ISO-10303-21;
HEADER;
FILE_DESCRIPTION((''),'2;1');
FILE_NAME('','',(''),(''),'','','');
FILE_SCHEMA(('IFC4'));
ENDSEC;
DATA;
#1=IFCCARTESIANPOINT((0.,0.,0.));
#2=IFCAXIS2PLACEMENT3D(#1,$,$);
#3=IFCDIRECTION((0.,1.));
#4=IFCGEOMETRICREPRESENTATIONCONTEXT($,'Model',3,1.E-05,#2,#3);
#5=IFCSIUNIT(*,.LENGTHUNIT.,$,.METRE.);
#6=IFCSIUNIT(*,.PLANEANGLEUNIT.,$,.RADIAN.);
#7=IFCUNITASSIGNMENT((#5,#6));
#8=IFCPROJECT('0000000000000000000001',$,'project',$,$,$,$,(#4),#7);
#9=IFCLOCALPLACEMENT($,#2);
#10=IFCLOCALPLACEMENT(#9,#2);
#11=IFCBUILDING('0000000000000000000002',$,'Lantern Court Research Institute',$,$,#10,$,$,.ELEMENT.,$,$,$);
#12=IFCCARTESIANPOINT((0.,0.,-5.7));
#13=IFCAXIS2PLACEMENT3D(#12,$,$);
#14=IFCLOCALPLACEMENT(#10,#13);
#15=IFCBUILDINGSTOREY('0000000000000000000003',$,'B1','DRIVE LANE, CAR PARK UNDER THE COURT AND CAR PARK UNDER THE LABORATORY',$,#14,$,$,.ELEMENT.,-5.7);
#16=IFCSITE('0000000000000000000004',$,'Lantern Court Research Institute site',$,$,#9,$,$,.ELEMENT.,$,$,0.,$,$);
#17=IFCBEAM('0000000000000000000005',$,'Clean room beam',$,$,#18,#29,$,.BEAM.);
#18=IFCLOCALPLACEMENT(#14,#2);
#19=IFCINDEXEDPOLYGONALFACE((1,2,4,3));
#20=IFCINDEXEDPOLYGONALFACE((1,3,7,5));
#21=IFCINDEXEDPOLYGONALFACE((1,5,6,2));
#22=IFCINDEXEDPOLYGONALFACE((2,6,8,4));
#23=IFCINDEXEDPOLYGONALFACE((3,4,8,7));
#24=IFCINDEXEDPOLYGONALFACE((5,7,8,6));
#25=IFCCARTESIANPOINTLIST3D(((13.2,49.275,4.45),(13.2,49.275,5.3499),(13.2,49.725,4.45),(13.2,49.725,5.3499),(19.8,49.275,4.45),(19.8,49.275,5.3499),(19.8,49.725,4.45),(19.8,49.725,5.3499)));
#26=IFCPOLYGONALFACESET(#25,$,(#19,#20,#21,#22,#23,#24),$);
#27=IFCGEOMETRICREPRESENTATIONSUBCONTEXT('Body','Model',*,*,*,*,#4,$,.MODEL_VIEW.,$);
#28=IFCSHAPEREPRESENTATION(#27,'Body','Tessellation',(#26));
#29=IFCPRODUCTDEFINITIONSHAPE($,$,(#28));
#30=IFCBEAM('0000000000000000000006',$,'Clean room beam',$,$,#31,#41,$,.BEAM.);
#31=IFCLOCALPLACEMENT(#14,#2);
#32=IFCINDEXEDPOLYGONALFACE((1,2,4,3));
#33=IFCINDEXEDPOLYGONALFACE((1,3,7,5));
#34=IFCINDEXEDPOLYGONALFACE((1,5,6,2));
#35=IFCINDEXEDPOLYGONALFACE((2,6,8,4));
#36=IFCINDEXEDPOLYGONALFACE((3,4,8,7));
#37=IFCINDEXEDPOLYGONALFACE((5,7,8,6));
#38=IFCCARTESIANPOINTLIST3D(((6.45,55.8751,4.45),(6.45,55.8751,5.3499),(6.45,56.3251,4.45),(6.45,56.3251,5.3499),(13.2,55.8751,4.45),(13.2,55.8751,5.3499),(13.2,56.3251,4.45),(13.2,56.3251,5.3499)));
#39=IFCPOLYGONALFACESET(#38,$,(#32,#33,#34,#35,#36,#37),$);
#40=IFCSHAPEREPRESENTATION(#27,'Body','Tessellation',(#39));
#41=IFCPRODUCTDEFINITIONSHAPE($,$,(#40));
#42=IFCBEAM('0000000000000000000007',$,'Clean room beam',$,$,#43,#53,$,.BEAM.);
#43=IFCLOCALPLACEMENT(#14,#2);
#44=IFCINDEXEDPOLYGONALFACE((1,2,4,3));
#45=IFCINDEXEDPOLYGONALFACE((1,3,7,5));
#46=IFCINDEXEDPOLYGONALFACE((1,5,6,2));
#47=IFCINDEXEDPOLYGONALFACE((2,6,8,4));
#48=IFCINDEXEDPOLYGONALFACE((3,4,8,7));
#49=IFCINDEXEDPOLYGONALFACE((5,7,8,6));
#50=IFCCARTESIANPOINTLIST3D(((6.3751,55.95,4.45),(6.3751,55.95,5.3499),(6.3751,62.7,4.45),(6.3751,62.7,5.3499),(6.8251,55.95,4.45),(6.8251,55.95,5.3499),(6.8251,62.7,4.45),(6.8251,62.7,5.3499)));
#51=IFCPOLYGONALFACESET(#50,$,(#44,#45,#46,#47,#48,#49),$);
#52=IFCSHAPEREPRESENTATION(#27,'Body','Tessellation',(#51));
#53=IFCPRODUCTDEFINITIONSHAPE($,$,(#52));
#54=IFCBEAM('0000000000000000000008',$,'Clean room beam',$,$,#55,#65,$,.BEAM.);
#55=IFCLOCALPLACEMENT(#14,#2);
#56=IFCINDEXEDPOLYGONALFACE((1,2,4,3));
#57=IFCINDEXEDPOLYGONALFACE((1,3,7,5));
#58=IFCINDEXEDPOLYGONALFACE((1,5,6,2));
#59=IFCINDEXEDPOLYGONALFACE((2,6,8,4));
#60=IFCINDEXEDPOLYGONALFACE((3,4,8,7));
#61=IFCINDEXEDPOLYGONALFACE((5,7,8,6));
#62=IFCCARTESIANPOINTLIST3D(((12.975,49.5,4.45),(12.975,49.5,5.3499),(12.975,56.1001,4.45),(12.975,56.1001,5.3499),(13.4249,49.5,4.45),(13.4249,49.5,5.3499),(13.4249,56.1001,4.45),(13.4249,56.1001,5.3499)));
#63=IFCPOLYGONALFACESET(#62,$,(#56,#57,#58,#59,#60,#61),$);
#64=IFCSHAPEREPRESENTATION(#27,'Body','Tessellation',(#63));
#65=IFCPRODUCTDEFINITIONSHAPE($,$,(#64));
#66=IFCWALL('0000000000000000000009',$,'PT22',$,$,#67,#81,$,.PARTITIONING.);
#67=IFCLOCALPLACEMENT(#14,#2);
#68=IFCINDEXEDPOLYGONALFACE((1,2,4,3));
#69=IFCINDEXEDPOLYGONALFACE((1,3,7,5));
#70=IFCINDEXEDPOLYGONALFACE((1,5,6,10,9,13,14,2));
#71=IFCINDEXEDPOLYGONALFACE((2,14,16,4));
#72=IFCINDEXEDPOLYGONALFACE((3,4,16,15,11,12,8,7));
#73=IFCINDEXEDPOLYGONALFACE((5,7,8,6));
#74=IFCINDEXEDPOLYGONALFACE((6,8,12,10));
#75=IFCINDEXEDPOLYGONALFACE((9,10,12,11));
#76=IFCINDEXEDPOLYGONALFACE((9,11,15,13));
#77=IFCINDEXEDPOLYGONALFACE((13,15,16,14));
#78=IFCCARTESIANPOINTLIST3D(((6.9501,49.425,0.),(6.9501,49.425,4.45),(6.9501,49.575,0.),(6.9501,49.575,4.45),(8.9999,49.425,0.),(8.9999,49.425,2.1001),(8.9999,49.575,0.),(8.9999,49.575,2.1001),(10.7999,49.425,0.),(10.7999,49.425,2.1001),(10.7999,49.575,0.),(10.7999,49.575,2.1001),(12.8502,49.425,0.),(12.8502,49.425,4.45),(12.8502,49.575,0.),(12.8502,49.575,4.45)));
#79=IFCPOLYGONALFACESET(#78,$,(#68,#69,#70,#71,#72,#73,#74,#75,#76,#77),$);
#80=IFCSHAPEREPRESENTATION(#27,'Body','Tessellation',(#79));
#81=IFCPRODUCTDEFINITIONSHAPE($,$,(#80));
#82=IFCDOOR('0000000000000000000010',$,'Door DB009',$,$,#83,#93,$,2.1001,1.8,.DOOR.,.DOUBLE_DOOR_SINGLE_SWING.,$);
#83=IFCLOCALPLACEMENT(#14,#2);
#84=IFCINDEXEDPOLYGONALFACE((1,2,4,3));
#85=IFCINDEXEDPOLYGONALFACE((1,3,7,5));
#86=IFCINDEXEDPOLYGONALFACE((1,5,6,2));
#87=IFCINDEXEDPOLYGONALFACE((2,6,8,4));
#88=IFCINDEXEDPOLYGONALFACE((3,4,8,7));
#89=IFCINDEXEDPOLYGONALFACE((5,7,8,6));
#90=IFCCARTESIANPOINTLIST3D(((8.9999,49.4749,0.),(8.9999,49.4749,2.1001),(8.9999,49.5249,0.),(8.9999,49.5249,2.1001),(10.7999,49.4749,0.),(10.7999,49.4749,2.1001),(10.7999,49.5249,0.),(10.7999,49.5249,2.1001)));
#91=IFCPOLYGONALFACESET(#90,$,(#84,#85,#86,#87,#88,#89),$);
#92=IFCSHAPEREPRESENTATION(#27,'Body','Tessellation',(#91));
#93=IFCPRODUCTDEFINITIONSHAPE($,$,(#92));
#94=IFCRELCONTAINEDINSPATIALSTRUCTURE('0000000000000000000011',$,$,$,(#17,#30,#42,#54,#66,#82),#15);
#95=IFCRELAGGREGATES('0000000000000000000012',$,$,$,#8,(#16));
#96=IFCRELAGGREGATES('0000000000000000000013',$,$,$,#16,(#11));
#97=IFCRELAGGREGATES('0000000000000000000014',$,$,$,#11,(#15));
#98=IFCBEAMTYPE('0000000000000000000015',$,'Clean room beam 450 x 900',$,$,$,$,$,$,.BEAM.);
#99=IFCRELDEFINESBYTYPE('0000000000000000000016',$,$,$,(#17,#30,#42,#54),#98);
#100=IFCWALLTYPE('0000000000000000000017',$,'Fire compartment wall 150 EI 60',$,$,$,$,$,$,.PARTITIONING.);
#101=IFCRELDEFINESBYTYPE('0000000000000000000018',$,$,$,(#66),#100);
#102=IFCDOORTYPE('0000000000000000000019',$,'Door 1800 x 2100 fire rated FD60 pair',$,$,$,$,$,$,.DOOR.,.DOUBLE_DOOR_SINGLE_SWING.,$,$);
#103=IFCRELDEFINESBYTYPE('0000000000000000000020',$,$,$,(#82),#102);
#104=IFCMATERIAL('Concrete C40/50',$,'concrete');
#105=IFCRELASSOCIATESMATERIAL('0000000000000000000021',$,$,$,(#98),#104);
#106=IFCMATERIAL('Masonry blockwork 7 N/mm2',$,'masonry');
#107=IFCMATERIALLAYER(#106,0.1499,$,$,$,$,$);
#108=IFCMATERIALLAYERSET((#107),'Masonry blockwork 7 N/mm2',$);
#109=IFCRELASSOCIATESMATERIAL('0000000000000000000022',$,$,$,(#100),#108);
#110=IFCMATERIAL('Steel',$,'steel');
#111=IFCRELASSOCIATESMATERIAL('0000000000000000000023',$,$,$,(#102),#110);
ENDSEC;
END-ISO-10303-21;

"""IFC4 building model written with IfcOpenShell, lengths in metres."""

from ifc_helpers import new_model, si_unit, direction, frame, frame_2d, origin, origin_2d, place, context, subcontext, project, spatial, rectangle, extrude, material, layer, layer_set, material_profile, profile_set, type_object, element, fill, save


model = new_model("IFC4")

# Units and contexts
model_context = context("Model", 3, precision=1e-05, world=origin(), true_north=direction((0.0, 1.0)))
body_context = subcontext(model_context, "Body", "Model", "MODEL_VIEW")
ifc_project = project(units=[si_unit("LENGTHUNIT", "METRE"), si_unit("PLANEANGLEUNIT", "RADIAN")], contexts=[model_context])

# Site, building, storey
site_placement = place(None, origin())
site = spatial("IfcSite", under=ifc_project, at=site_placement, Name="Lantern Court Research Institute site", CompositionType="ELEMENT", RefElevation=0.0)
building_placement = place(site_placement, origin())
building = spatial("IfcBuilding", under=site, at=building_placement, Name="Lantern Court Research Institute", CompositionType="ELEMENT")
storey_placement = place(building_placement, frame((0.0, 0.0, -5.7)))
storey = spatial("IfcBuildingStorey", under=building, at=storey_placement, Name="B1", Description="DRIVE LANE, CAR PARK UNDER THE COURT AND CAR PARK UNDER THE LABORATORY", CompositionType="ELEMENT", Elevation=-5.7)

# Beams
ifc_material_1 = material(Name="Concrete C40/50", Category="concrete")
ifc_material_profile_1 = material_profile(ifc_material_1, rectangle(XDim=0.45, YDim=0.8999, at=origin_2d()), Name="Clean room beam 450 x 900")
ifc_profile_set_1 = profile_set([ifc_material_profile_1], Name="Concrete C40/50")
beam_type = type_object("IfcBeamType", Name="Clean room beam 450 x 900", PredefinedType="BEAM", material=ifc_profile_set_1)
beam_1_placement = place(storey_placement, frame((13.2, 49.5, 4.8999), z_axis=(1.0, 0.0, 0.0), x_axis=(0.0, 1.0, 0.0)))
element("IfcBeam", 1, at=beam_1_placement, inside=storey, type_object=beam_type, Name="Clean room beam", PredefinedType="BEAM", context=body_context, shape_type="SweptSolid", body=[
    extrude(rectangle(XDim=0.45, YDim=0.8999, at=origin_2d()), origin(), (0.0, 0.0, 1.0), 6.6001),
])
for number, where, z_axis, x_axis, name in (
    (2, (6.45, 56.1001, 4.8999), (1.0, 0.0, 0.0), (0.0, 1.0, 0.0), "Clean room beam"),
    (3, (6.6001, 55.95, 4.8999), (0.0, 1.0, 0.0), (-1.0, 0.0, 0.0), "Clean room beam"),
):
    element("IfcBeam", number, at=place(storey_placement, frame(where, z_axis=z_axis, x_axis=x_axis)), inside=storey, type_object=beam_type, Name=name, PredefinedType="BEAM", context=body_context, shape_type="SweptSolid", body=[
        extrude(rectangle(XDim=0.45, YDim=0.8999, at=origin_2d()), origin(), (0.0, 0.0, 1.0), 6.75),
    ])
beam_2_placement = place(storey_placement, frame((13.2, 49.5, 4.8999), z_axis=(0.0, 1.0, 0.0), x_axis=(-1.0, 0.0, 0.0)))
element("IfcBeam", 4, at=beam_2_placement, inside=storey, type_object=beam_type, Name="Clean room beam", PredefinedType="BEAM", context=body_context, shape_type="SweptSolid", body=[
    extrude(rectangle(XDim=0.45, YDim=0.8999, at=origin_2d()), origin(), (0.0, 0.0, 1.0), 6.6001),
])

# Wall, opening, door
ifc_material_2 = material(Name="Masonry blockwork 7 N/mm2", Category="masonry")
ifc_layer_1 = layer(ifc_material_2, 0.1499)
ifc_layer_set_1 = layer_set([ifc_layer_1], Name="Masonry blockwork 7 N/mm2")
wall_type_1 = type_object("IfcWallType", Name="Fire compartment wall 150 EI 60", PredefinedType="PARTITIONING", material=ifc_layer_set_1)
wall_1_placement = place(storey_placement, frame((6.95, 49.5, 0.0), z_axis=(0.0, 0.0, 1.0), x_axis=(1.0, 0.0, 0.0)))
wall_1 = element("IfcWall", 5, at=wall_1_placement, inside=storey, type_object=wall_type_1, Name="PT22", PredefinedType="PARTITIONING", context=body_context, shape_type="SweptSolid", body=[
    extrude(rectangle(XDim=5.9001, YDim=0.1499, at=frame_2d((2.9502, 0.0))), origin(), (0.0, 0.0, 1.0), 4.45),
])
opening_1_placement = place(wall_1_placement, frame((2.05, 0.0, 0.0)))
opening_1 = element("IfcOpeningElement", 6, at=opening_1_placement, cuts=wall_1, PredefinedType="OPENING", context=body_context, shape_type="SweptSolid", body=[
    extrude(rectangle(XDim=1.8, YDim=2.1001, at=frame_2d((0.8999, 1.05))), frame((0.0, 0.085, 0.0), z_axis=(0.0, -1.0, 0.0), x_axis=(1.0, 0.0, 0.0)), (0.0, 0.0, 1.0), 0.1699),
])
ifc_material_3 = material(Name="Steel", Category="steel")
door_type_1 = type_object("IfcDoorType", Name="Door 1800 x 2100 fire rated FD60 pair", OperationType="DOUBLE_DOOR_SINGLE_SWING", PredefinedType="DOOR", material=ifc_material_3)
door_1_placement = place(opening_1_placement, origin())
door_1 = element("IfcDoor", 7, at=door_1_placement, inside=storey, type_object=door_type_1, Name="Door DB009", OperationType="DOUBLE_DOOR_SINGLE_SWING", OverallHeight=2.1001, OverallWidth=1.8, PredefinedType="DOOR", context=body_context, shape_type="SweptSolid", body=[
    extrude(rectangle(XDim=1.8, YDim=2.1001, at=frame_2d((0.8999, 1.05))), frame((0.0, 0.0249, 0.0), z_axis=(0.0, -1.0, 0.0), x_axis=(1.0, 0.0, 0.0)), (0.0, 0.0, 1.0), 0.05),
])
fill(opening_1, door_1)

save(model, "model.ifc")
